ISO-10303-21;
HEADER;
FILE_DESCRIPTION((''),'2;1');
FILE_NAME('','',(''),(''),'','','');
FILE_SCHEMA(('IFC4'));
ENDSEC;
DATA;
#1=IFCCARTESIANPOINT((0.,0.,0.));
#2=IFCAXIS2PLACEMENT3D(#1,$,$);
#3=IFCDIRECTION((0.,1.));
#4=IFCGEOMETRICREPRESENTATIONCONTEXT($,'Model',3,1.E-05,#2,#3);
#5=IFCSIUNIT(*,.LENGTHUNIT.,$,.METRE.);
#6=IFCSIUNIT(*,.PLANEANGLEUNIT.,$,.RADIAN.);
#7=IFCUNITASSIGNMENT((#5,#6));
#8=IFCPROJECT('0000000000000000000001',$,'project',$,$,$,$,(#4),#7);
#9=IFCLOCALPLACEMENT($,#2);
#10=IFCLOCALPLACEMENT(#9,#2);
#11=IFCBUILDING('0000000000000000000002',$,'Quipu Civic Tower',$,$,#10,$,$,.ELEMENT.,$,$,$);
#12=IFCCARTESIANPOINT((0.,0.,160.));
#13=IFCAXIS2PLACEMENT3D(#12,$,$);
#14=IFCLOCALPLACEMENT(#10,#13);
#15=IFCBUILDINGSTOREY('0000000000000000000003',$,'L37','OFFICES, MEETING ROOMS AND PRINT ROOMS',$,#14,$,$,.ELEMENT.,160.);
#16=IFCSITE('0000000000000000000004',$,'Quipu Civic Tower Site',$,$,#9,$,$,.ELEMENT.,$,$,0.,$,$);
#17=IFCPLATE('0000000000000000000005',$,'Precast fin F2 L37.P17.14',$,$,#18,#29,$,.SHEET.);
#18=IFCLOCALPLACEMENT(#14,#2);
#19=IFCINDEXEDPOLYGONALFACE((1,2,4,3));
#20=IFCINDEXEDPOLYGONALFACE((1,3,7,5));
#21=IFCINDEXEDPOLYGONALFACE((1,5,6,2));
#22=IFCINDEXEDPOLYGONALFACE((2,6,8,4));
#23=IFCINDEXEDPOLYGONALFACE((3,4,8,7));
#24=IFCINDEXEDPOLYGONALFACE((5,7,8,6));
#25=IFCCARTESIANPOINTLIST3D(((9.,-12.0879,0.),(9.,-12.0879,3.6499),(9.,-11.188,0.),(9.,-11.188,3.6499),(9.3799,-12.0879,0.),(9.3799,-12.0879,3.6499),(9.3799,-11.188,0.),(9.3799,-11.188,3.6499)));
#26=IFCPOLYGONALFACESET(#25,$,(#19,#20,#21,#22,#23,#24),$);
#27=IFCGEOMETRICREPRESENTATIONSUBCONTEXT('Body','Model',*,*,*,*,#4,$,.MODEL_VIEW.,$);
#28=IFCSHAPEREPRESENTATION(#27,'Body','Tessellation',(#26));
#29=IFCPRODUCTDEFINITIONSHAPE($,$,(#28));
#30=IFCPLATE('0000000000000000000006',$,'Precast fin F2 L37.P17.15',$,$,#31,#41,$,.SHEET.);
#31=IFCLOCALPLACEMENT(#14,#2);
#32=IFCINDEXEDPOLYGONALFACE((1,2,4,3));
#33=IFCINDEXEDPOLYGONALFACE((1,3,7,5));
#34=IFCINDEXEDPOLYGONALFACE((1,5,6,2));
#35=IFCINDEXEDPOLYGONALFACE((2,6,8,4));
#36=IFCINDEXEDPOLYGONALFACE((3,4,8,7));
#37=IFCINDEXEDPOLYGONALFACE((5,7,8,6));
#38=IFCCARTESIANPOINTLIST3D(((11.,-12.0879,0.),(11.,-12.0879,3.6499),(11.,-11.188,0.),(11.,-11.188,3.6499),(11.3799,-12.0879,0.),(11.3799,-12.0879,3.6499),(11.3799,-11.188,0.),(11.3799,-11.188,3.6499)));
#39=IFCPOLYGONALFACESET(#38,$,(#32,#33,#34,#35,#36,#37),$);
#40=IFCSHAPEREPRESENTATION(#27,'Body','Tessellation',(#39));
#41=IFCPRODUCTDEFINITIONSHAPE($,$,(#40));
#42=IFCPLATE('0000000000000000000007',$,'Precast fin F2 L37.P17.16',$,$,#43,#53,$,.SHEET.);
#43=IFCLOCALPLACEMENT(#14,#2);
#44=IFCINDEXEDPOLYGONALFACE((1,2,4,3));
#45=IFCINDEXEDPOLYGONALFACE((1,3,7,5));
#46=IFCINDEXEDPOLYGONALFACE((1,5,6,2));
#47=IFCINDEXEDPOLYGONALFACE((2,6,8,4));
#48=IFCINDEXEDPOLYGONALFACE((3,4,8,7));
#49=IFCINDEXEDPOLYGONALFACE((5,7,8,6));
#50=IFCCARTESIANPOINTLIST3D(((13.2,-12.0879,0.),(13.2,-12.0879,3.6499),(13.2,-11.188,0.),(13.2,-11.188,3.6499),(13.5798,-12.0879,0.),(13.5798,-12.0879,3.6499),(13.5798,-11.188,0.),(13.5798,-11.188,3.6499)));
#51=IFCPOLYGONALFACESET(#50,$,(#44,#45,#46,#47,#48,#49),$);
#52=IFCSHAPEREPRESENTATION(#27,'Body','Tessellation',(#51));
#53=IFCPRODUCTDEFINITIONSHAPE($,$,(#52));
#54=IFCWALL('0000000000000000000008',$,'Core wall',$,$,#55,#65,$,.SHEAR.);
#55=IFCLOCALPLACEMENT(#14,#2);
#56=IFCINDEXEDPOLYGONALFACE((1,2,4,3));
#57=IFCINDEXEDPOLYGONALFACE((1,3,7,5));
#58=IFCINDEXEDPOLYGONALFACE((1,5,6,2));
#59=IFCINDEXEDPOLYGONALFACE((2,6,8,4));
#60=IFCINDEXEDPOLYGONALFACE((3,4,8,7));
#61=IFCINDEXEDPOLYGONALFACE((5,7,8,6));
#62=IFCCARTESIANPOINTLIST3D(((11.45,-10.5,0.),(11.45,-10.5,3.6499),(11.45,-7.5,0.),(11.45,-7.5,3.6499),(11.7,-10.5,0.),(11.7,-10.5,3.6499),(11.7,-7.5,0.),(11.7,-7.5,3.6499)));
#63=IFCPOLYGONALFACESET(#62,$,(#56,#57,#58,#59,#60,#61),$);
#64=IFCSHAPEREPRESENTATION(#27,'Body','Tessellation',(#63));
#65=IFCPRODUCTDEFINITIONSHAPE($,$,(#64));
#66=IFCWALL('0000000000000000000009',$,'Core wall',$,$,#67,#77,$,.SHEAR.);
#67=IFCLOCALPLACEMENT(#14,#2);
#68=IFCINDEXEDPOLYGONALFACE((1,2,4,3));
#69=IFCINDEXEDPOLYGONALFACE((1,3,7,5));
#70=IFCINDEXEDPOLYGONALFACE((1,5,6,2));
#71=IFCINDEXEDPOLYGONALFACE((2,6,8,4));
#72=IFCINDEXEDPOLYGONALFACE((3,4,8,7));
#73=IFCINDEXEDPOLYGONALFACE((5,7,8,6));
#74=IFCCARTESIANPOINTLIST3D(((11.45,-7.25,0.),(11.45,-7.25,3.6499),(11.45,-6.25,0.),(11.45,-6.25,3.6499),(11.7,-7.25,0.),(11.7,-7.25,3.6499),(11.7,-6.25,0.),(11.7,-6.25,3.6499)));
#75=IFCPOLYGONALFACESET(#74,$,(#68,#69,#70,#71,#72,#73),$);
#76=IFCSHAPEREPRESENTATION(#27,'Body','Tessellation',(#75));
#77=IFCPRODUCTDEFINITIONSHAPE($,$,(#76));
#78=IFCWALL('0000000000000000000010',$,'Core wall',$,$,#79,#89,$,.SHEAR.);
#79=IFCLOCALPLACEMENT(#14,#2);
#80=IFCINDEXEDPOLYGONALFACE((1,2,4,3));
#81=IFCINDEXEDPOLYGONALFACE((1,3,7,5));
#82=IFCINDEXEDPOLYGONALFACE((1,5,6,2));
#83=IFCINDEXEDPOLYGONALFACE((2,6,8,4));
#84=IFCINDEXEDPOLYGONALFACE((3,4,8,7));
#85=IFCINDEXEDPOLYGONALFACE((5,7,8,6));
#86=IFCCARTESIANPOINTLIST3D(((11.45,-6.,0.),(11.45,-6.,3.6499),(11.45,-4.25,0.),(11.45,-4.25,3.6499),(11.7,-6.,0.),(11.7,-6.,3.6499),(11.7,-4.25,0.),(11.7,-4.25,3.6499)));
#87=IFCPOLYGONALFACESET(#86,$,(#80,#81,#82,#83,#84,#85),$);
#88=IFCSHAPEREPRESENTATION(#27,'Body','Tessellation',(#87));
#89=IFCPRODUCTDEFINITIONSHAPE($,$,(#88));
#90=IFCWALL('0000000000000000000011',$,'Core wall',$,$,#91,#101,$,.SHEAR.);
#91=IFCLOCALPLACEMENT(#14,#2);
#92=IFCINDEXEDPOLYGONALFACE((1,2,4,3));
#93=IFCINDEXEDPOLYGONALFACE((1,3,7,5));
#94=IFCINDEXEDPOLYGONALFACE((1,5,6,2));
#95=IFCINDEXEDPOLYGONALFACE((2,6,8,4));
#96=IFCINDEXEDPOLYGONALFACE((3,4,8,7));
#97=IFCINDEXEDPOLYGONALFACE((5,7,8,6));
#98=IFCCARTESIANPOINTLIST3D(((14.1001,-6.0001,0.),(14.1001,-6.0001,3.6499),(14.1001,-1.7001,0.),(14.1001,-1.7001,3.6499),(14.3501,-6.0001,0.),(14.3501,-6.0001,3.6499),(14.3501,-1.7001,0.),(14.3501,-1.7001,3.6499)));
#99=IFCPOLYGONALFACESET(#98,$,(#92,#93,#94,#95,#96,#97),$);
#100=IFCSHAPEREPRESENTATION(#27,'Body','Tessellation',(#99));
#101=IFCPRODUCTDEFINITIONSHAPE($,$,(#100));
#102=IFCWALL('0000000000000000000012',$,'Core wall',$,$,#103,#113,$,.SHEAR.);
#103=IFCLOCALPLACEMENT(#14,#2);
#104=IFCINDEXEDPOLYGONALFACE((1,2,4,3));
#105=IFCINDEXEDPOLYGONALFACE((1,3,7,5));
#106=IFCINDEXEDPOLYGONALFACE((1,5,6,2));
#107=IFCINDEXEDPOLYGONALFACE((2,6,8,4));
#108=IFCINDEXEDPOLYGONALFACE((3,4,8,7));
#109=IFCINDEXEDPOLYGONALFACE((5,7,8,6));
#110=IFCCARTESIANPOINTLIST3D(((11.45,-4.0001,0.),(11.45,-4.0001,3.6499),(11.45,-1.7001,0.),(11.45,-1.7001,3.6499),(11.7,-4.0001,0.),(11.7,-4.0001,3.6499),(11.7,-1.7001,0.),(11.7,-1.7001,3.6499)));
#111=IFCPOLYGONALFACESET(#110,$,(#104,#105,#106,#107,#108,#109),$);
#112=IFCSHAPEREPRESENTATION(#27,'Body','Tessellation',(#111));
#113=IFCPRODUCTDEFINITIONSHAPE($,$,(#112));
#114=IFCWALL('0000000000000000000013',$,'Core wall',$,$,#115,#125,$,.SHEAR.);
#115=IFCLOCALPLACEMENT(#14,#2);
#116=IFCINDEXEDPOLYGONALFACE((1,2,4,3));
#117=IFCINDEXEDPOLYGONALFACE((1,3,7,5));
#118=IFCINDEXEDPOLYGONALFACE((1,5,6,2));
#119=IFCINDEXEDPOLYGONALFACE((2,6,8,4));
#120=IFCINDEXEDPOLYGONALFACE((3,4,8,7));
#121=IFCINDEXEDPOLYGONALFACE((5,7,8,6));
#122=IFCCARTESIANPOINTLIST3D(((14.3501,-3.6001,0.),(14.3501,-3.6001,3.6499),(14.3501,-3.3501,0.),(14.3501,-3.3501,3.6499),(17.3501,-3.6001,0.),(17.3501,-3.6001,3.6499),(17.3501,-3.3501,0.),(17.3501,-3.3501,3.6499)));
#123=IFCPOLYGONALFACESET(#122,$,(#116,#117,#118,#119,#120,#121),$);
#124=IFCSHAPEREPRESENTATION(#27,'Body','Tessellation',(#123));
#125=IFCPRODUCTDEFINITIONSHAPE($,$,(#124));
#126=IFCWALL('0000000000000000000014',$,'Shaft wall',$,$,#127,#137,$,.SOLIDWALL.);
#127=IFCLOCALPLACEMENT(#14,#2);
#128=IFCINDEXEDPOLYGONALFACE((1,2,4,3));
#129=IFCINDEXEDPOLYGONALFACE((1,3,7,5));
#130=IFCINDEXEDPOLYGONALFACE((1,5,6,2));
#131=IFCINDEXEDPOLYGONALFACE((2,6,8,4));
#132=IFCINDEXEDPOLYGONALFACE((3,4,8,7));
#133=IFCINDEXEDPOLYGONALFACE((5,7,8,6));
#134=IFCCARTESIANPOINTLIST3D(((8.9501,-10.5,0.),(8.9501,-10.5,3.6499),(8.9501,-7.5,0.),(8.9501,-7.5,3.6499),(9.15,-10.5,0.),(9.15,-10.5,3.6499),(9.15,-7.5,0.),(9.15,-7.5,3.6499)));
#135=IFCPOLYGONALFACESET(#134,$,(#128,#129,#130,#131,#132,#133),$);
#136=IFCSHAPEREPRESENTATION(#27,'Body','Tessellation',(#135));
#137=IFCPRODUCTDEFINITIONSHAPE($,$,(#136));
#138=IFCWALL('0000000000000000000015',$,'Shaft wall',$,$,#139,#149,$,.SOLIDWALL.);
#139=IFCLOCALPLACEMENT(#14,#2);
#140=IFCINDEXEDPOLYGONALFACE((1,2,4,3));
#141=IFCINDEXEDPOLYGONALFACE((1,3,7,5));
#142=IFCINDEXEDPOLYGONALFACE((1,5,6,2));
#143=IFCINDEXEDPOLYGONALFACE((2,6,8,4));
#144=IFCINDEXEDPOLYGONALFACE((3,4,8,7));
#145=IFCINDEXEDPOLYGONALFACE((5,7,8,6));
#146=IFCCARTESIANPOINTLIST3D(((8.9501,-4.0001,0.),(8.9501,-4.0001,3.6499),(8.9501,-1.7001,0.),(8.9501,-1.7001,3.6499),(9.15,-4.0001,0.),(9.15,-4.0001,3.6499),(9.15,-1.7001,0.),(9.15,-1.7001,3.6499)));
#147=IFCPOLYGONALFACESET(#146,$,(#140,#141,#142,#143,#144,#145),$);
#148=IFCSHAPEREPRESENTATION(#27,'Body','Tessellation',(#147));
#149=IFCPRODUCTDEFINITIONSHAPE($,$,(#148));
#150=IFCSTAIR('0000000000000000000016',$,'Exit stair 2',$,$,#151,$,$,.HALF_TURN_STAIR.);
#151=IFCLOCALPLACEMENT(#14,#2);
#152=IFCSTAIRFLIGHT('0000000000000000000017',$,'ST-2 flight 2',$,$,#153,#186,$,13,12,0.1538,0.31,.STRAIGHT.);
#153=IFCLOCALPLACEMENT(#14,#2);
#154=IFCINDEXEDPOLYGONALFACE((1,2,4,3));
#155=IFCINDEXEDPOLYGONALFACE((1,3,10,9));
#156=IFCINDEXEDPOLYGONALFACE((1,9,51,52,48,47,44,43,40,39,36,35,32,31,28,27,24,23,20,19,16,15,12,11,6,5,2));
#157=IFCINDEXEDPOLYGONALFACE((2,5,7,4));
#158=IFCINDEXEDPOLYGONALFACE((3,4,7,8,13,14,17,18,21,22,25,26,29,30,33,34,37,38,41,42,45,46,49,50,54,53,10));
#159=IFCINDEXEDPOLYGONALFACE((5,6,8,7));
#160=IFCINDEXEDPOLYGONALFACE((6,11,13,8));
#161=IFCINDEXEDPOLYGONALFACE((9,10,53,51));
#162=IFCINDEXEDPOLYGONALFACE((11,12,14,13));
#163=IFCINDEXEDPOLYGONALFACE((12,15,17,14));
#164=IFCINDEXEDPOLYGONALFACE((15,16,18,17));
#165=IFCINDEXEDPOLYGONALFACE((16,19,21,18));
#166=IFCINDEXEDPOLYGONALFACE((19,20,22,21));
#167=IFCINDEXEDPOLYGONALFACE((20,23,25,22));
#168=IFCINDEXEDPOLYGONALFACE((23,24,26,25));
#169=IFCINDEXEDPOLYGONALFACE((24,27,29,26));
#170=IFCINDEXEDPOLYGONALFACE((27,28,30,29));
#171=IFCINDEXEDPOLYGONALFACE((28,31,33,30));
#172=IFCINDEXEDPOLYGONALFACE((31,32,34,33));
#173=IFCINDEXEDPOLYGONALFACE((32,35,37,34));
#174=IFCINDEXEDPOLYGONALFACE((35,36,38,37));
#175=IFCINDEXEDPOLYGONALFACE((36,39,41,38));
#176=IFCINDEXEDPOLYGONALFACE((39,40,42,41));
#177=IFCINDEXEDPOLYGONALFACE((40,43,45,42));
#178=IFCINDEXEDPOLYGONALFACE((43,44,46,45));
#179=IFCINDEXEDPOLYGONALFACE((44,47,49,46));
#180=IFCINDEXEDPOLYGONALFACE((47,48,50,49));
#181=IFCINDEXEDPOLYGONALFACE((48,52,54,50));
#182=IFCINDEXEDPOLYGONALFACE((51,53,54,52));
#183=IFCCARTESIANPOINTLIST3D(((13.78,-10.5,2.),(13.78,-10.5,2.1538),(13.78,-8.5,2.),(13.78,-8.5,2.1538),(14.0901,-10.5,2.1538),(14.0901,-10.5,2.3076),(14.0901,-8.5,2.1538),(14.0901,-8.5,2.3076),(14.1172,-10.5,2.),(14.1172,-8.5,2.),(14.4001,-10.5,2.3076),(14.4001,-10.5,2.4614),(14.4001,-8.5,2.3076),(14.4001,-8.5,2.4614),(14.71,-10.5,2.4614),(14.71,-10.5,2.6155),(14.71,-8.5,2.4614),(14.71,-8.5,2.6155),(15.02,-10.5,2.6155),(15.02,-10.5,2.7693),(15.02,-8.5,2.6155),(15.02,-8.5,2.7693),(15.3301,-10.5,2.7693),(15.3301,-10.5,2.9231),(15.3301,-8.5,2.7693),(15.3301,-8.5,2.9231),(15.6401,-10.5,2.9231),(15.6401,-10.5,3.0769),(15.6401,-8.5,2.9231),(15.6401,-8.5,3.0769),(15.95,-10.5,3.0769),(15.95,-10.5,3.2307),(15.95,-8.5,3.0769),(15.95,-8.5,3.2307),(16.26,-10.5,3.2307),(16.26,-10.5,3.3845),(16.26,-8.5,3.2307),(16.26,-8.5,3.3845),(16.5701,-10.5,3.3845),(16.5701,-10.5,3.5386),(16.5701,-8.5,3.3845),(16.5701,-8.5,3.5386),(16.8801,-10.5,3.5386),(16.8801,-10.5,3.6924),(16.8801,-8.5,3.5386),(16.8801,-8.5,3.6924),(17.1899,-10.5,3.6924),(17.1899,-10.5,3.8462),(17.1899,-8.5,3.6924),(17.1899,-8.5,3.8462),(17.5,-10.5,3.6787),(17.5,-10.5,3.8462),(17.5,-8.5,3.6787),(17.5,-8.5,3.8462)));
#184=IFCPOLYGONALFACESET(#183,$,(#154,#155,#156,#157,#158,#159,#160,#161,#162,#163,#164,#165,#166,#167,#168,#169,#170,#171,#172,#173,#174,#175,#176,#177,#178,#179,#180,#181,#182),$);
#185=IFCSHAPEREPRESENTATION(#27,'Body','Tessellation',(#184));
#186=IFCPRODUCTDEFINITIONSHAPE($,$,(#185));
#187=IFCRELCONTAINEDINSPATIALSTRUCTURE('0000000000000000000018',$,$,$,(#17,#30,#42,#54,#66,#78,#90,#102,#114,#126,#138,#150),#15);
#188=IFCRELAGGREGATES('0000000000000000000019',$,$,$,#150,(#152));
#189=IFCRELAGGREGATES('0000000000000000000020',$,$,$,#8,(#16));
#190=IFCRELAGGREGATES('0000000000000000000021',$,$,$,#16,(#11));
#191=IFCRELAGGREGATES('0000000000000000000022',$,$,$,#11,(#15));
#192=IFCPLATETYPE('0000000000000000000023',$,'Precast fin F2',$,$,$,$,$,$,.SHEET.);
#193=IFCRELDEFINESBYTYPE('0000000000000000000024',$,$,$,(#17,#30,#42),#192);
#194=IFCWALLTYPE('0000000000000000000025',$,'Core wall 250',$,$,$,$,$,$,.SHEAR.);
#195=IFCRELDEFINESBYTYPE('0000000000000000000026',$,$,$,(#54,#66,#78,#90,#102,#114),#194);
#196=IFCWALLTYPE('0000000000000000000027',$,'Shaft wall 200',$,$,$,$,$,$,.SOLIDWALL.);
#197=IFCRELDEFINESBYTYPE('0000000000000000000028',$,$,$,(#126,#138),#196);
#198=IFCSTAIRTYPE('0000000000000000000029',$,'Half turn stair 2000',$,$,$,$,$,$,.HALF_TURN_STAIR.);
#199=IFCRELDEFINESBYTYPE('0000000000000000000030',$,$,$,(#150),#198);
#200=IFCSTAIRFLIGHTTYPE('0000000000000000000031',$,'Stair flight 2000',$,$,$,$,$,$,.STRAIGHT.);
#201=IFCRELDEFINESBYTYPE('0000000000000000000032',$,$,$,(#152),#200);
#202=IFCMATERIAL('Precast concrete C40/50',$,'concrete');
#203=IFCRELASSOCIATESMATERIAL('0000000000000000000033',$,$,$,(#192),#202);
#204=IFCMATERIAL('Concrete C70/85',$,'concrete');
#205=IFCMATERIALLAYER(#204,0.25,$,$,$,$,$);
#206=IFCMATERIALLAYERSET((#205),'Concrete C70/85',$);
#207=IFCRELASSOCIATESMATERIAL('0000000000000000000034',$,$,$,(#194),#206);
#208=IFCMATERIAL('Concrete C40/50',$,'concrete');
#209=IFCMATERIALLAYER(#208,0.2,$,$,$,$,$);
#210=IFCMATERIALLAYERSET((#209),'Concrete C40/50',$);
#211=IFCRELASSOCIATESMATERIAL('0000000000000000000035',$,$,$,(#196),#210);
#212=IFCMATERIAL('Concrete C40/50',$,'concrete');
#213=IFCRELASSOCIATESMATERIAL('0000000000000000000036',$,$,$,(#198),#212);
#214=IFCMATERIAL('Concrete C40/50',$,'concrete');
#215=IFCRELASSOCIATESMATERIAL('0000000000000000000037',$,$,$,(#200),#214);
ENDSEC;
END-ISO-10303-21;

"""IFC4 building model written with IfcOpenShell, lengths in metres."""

from ifc_helpers import new_model, si_unit, direction, frame, frame_2d, origin, origin_2d, place, context, subcontext, project, spatial, polyline, rectangle, outline, extrude, material, layer, layer_set, type_object, element, aggregate, save


model = new_model("IFC4")

# Units and contexts
model_context = context("Model", 3, precision=1e-05, world=origin(), true_north=direction((0.0, 1.0)))
body_context = subcontext(model_context, "Body", "Model", "MODEL_VIEW")
ifc_project = project(units=[si_unit("LENGTHUNIT", "METRE"), si_unit("PLANEANGLEUNIT", "RADIAN")], contexts=[model_context])

# Site, building, storey
site_placement = place(None, origin())
site = spatial("IfcSite", under=ifc_project, at=site_placement, Name="Quipu Civic Tower Site", CompositionType="ELEMENT", RefElevation=0.0)
building_placement = place(site_placement, origin())
building = spatial("IfcBuilding", under=site, at=building_placement, Name="Quipu Civic Tower", CompositionType="ELEMENT")
storey_placement = place(building_placement, frame((0.0, 0.0, 160.0)))
storey = spatial("IfcBuildingStorey", under=building, at=storey_placement, Name="L37", Description="OFFICES, MEETING ROOMS AND PRINT ROOMS", CompositionType="ELEMENT", Elevation=160.0)

# Plates
ifc_material_1 = material(Name="Precast concrete C40/50", Category="concrete")
plate_type = type_object("IfcPlateType", Name="Precast fin F2", PredefinedType="SHEET", material=ifc_material_1)
for number, where, z_axis, x_axis, name in (
    (1, (9.1899, -11.6379, 0.0), (0.0, 0.0, 1.0), (1.0, 0.0, 0.0), "Precast fin F2 L37.P17.14"),
    (2, (11.1899, -11.6379, 0.0), (0.0, 0.0, 1.0), (1.0, 0.0, 0.0), "Precast fin F2 L37.P17.15"),
    (3, (13.3899, -11.6379, 0.0), (0.0, 0.0, 1.0), (1.0, 0.0, 0.0), "Precast fin F2 L37.P17.16"),
):
    element("IfcPlate", number, at=place(storey_placement, frame(where, z_axis=z_axis, x_axis=x_axis)), inside=storey, type_object=plate_type, Name=name, PredefinedType="SHEET", context=body_context, shape_type="SweptSolid", body=[
        extrude(rectangle(XDim=0.3799, YDim=0.8999, at=origin_2d()), origin(), (0.0, 0.0, 1.0), 3.6499),
    ])

# Wall
ifc_material_2 = material(Name="Concrete C70/85", Category="concrete")
ifc_layer_1 = layer(ifc_material_2, 0.25)
ifc_layer_set_1 = layer_set([ifc_layer_1], Name="Concrete C70/85")
wall_type_1 = type_object("IfcWallType", Name="Core wall 250", PredefinedType="SHEAR", material=ifc_layer_set_1)
wall_1_placement = place(storey_placement, frame((11.575, -10.5, 0.0), z_axis=(0.0, 0.0, 1.0), x_axis=(0.0, 1.0, 0.0)))
element("IfcWall", 4, at=wall_1_placement, inside=storey, type_object=wall_type_1, Name="Core wall", PredefinedType="SHEAR", context=body_context, shape_type="SweptSolid", body=[
    extrude(rectangle(XDim=3.0, YDim=0.25, at=frame_2d((1.5, 0.0))), origin(), (0.0, 0.0, 1.0), 3.6499),
])

# Walls
wall_2_placement = place(storey_placement, frame((11.575, -7.25, 0.0), z_axis=(0.0, 0.0, 1.0), x_axis=(0.0, 1.0, 0.0)))
element("IfcWall", 5, at=wall_2_placement, inside=storey, type_object=wall_type_1, Name="Core wall", PredefinedType="SHEAR", context=body_context, shape_type="SweptSolid", body=[
    extrude(rectangle(XDim=1.0, YDim=0.25, at=frame_2d((0.5, 0.0))), origin(), (0.0, 0.0, 1.0), 3.6499),
])
wall_3_placement = place(storey_placement, frame((11.575, -6.0, 0.0), z_axis=(0.0, 0.0, 1.0), x_axis=(0.0, 1.0, 0.0)))
element("IfcWall", 6, at=wall_3_placement, inside=storey, type_object=wall_type_1, Name="Core wall", PredefinedType="SHEAR", context=body_context, shape_type="SweptSolid", body=[
    extrude(rectangle(XDim=1.75, YDim=0.25, at=frame_2d((0.875, 0.0))), origin(), (0.0, 0.0, 1.0), 3.6499),
])
wall_4_placement = place(storey_placement, frame((14.2251, -6.0, 0.0), z_axis=(0.0, 0.0, 1.0), x_axis=(0.0, 1.0, 0.0)))
element("IfcWall", 7, at=wall_4_placement, inside=storey, type_object=wall_type_1, Name="Core wall", PredefinedType="SHEAR", context=body_context, shape_type="SweptSolid", body=[
    extrude(rectangle(XDim=4.3, YDim=0.25, at=frame_2d((2.1499, 0.0))), origin(), (0.0, 0.0, 1.0), 3.6499),
])
wall_5_placement = place(storey_placement, frame((11.575, -4.0, 0.0), z_axis=(0.0, 0.0, 1.0), x_axis=(0.0, 1.0, 0.0)))
element("IfcWall", 8, at=wall_5_placement, inside=storey, type_object=wall_type_1, Name="Core wall", PredefinedType="SHEAR", context=body_context, shape_type="SweptSolid", body=[
    extrude(rectangle(XDim=2.3, YDim=0.25, at=frame_2d((1.1499, 0.0))), origin(), (0.0, 0.0, 1.0), 3.6499),
])
wall_6_placement = place(storey_placement, frame((14.3501, -3.4751, 0.0), z_axis=(0.0, 0.0, 1.0), x_axis=(1.0, 0.0, 0.0)))
element("IfcWall", 9, at=wall_6_placement, inside=storey, type_object=wall_type_1, Name="Core wall", PredefinedType="SHEAR", context=body_context, shape_type="SweptSolid", body=[
    extrude(rectangle(XDim=3.0, YDim=0.25, at=frame_2d((1.5, 0.0))), origin(), (0.0, 0.0, 1.0), 3.6499),
])
ifc_material_3 = material(Name="Concrete C40/50", Category="concrete")
ifc_layer_2 = layer(ifc_material_3, 0.2)
ifc_layer_set_2 = layer_set([ifc_layer_2], Name="Concrete C40/50")
wall_type_2 = type_object("IfcWallType", Name="Shaft wall 200", PredefinedType="SOLIDWALL", material=ifc_layer_set_2)
wall_7_placement = place(storey_placement, frame((9.05, -10.5, 0.0), z_axis=(0.0, 0.0, 1.0), x_axis=(0.0, 1.0, 0.0)))
element("IfcWall", 10, at=wall_7_placement, inside=storey, type_object=wall_type_2, Name="Shaft wall", PredefinedType="SOLIDWALL", context=body_context, shape_type="SweptSolid", body=[
    extrude(rectangle(XDim=3.0, YDim=0.2, at=frame_2d((1.5, 0.0))), origin(), (0.0, 0.0, 1.0), 3.6499),
])
wall_8_placement = place(storey_placement, frame((9.05, -4.0, 0.0), z_axis=(0.0, 0.0, 1.0), x_axis=(0.0, 1.0, 0.0)))
element("IfcWall", 11, at=wall_8_placement, inside=storey, type_object=wall_type_2, Name="Shaft wall", PredefinedType="SOLIDWALL", context=body_context, shape_type="SweptSolid", body=[
    extrude(rectangle(XDim=2.3, YDim=0.2, at=frame_2d((1.1499, 0.0))), origin(), (0.0, 0.0, 1.0), 3.6499),
])

# Stair, stair flight
ifc_material_4 = material(Name="Concrete C40/50", Category="concrete")
stair_type = type_object("IfcStairType", Name="Half turn stair 2000", PredefinedType="HALF_TURN_STAIR", material=ifc_material_4)
stair_placement = place(storey_placement, origin())
stair = element("IfcStair", 12, at=stair_placement, inside=storey, type_object=stair_type, Name="Exit stair 2", PredefinedType="HALF_TURN_STAIR")
ifc_material_5 = material(Name="Concrete C40/50", Category="concrete")
stair_flight_type = type_object("IfcStairFlightType", Name="Stair flight 2000", PredefinedType="STRAIGHT", material=ifc_material_5)
stair_flight_placement = place(storey_placement, frame((13.78, -9.5, 2.0), z_axis=(0.0, 0.0, 1.0), x_axis=(1.0, 0.0, 0.0)))
stair_flight = element("IfcStairFlight", 13, at=stair_flight_placement, type_object=stair_flight_type, Name="ST-2 flight 2", NumberOfRisers=13, NumberOfTreads=12, PredefinedType="STRAIGHT", RiserHeight=0.1538, TreadLength=0.31, context=body_context, shape_type="SweptSolid", body=[
    extrude(outline(polyline([(0.0, 0.0), (0.0, 0.1538), (0.3101, 0.1538), (0.3101, 0.3076), (0.6201, 0.3076), (0.6201, 0.4614), (0.9299, 0.4614), (0.9299, 0.6155), (1.24, 0.6155), (1.24, 0.7693), (1.55, 0.7693), (1.55, 0.9231), (1.8601, 0.9231), (1.8601, 1.0769), (2.1699, 1.0769), (2.1699, 1.2307), (2.48, 1.2307), (2.48, 1.3845), (2.79, 1.3845), (2.79, 1.5386), (3.1001, 1.5386), (3.1001, 1.6924), (3.4099, 1.6924), (3.4099, 1.8462), (3.72, 1.8462), (3.72, 2.0), (3.72, 1.6787), (0.3372, 0.0), (0.0, 0.0)])), frame((0.0, 1.0, 0.0), z_axis=(0.0, -1.0, 0.0), x_axis=(1.0, 0.0, 0.0)), (0.0, 0.0, 1.0), 2.0),
])
aggregate(stair, [stair_flight])

save(model, "model.ifc")
